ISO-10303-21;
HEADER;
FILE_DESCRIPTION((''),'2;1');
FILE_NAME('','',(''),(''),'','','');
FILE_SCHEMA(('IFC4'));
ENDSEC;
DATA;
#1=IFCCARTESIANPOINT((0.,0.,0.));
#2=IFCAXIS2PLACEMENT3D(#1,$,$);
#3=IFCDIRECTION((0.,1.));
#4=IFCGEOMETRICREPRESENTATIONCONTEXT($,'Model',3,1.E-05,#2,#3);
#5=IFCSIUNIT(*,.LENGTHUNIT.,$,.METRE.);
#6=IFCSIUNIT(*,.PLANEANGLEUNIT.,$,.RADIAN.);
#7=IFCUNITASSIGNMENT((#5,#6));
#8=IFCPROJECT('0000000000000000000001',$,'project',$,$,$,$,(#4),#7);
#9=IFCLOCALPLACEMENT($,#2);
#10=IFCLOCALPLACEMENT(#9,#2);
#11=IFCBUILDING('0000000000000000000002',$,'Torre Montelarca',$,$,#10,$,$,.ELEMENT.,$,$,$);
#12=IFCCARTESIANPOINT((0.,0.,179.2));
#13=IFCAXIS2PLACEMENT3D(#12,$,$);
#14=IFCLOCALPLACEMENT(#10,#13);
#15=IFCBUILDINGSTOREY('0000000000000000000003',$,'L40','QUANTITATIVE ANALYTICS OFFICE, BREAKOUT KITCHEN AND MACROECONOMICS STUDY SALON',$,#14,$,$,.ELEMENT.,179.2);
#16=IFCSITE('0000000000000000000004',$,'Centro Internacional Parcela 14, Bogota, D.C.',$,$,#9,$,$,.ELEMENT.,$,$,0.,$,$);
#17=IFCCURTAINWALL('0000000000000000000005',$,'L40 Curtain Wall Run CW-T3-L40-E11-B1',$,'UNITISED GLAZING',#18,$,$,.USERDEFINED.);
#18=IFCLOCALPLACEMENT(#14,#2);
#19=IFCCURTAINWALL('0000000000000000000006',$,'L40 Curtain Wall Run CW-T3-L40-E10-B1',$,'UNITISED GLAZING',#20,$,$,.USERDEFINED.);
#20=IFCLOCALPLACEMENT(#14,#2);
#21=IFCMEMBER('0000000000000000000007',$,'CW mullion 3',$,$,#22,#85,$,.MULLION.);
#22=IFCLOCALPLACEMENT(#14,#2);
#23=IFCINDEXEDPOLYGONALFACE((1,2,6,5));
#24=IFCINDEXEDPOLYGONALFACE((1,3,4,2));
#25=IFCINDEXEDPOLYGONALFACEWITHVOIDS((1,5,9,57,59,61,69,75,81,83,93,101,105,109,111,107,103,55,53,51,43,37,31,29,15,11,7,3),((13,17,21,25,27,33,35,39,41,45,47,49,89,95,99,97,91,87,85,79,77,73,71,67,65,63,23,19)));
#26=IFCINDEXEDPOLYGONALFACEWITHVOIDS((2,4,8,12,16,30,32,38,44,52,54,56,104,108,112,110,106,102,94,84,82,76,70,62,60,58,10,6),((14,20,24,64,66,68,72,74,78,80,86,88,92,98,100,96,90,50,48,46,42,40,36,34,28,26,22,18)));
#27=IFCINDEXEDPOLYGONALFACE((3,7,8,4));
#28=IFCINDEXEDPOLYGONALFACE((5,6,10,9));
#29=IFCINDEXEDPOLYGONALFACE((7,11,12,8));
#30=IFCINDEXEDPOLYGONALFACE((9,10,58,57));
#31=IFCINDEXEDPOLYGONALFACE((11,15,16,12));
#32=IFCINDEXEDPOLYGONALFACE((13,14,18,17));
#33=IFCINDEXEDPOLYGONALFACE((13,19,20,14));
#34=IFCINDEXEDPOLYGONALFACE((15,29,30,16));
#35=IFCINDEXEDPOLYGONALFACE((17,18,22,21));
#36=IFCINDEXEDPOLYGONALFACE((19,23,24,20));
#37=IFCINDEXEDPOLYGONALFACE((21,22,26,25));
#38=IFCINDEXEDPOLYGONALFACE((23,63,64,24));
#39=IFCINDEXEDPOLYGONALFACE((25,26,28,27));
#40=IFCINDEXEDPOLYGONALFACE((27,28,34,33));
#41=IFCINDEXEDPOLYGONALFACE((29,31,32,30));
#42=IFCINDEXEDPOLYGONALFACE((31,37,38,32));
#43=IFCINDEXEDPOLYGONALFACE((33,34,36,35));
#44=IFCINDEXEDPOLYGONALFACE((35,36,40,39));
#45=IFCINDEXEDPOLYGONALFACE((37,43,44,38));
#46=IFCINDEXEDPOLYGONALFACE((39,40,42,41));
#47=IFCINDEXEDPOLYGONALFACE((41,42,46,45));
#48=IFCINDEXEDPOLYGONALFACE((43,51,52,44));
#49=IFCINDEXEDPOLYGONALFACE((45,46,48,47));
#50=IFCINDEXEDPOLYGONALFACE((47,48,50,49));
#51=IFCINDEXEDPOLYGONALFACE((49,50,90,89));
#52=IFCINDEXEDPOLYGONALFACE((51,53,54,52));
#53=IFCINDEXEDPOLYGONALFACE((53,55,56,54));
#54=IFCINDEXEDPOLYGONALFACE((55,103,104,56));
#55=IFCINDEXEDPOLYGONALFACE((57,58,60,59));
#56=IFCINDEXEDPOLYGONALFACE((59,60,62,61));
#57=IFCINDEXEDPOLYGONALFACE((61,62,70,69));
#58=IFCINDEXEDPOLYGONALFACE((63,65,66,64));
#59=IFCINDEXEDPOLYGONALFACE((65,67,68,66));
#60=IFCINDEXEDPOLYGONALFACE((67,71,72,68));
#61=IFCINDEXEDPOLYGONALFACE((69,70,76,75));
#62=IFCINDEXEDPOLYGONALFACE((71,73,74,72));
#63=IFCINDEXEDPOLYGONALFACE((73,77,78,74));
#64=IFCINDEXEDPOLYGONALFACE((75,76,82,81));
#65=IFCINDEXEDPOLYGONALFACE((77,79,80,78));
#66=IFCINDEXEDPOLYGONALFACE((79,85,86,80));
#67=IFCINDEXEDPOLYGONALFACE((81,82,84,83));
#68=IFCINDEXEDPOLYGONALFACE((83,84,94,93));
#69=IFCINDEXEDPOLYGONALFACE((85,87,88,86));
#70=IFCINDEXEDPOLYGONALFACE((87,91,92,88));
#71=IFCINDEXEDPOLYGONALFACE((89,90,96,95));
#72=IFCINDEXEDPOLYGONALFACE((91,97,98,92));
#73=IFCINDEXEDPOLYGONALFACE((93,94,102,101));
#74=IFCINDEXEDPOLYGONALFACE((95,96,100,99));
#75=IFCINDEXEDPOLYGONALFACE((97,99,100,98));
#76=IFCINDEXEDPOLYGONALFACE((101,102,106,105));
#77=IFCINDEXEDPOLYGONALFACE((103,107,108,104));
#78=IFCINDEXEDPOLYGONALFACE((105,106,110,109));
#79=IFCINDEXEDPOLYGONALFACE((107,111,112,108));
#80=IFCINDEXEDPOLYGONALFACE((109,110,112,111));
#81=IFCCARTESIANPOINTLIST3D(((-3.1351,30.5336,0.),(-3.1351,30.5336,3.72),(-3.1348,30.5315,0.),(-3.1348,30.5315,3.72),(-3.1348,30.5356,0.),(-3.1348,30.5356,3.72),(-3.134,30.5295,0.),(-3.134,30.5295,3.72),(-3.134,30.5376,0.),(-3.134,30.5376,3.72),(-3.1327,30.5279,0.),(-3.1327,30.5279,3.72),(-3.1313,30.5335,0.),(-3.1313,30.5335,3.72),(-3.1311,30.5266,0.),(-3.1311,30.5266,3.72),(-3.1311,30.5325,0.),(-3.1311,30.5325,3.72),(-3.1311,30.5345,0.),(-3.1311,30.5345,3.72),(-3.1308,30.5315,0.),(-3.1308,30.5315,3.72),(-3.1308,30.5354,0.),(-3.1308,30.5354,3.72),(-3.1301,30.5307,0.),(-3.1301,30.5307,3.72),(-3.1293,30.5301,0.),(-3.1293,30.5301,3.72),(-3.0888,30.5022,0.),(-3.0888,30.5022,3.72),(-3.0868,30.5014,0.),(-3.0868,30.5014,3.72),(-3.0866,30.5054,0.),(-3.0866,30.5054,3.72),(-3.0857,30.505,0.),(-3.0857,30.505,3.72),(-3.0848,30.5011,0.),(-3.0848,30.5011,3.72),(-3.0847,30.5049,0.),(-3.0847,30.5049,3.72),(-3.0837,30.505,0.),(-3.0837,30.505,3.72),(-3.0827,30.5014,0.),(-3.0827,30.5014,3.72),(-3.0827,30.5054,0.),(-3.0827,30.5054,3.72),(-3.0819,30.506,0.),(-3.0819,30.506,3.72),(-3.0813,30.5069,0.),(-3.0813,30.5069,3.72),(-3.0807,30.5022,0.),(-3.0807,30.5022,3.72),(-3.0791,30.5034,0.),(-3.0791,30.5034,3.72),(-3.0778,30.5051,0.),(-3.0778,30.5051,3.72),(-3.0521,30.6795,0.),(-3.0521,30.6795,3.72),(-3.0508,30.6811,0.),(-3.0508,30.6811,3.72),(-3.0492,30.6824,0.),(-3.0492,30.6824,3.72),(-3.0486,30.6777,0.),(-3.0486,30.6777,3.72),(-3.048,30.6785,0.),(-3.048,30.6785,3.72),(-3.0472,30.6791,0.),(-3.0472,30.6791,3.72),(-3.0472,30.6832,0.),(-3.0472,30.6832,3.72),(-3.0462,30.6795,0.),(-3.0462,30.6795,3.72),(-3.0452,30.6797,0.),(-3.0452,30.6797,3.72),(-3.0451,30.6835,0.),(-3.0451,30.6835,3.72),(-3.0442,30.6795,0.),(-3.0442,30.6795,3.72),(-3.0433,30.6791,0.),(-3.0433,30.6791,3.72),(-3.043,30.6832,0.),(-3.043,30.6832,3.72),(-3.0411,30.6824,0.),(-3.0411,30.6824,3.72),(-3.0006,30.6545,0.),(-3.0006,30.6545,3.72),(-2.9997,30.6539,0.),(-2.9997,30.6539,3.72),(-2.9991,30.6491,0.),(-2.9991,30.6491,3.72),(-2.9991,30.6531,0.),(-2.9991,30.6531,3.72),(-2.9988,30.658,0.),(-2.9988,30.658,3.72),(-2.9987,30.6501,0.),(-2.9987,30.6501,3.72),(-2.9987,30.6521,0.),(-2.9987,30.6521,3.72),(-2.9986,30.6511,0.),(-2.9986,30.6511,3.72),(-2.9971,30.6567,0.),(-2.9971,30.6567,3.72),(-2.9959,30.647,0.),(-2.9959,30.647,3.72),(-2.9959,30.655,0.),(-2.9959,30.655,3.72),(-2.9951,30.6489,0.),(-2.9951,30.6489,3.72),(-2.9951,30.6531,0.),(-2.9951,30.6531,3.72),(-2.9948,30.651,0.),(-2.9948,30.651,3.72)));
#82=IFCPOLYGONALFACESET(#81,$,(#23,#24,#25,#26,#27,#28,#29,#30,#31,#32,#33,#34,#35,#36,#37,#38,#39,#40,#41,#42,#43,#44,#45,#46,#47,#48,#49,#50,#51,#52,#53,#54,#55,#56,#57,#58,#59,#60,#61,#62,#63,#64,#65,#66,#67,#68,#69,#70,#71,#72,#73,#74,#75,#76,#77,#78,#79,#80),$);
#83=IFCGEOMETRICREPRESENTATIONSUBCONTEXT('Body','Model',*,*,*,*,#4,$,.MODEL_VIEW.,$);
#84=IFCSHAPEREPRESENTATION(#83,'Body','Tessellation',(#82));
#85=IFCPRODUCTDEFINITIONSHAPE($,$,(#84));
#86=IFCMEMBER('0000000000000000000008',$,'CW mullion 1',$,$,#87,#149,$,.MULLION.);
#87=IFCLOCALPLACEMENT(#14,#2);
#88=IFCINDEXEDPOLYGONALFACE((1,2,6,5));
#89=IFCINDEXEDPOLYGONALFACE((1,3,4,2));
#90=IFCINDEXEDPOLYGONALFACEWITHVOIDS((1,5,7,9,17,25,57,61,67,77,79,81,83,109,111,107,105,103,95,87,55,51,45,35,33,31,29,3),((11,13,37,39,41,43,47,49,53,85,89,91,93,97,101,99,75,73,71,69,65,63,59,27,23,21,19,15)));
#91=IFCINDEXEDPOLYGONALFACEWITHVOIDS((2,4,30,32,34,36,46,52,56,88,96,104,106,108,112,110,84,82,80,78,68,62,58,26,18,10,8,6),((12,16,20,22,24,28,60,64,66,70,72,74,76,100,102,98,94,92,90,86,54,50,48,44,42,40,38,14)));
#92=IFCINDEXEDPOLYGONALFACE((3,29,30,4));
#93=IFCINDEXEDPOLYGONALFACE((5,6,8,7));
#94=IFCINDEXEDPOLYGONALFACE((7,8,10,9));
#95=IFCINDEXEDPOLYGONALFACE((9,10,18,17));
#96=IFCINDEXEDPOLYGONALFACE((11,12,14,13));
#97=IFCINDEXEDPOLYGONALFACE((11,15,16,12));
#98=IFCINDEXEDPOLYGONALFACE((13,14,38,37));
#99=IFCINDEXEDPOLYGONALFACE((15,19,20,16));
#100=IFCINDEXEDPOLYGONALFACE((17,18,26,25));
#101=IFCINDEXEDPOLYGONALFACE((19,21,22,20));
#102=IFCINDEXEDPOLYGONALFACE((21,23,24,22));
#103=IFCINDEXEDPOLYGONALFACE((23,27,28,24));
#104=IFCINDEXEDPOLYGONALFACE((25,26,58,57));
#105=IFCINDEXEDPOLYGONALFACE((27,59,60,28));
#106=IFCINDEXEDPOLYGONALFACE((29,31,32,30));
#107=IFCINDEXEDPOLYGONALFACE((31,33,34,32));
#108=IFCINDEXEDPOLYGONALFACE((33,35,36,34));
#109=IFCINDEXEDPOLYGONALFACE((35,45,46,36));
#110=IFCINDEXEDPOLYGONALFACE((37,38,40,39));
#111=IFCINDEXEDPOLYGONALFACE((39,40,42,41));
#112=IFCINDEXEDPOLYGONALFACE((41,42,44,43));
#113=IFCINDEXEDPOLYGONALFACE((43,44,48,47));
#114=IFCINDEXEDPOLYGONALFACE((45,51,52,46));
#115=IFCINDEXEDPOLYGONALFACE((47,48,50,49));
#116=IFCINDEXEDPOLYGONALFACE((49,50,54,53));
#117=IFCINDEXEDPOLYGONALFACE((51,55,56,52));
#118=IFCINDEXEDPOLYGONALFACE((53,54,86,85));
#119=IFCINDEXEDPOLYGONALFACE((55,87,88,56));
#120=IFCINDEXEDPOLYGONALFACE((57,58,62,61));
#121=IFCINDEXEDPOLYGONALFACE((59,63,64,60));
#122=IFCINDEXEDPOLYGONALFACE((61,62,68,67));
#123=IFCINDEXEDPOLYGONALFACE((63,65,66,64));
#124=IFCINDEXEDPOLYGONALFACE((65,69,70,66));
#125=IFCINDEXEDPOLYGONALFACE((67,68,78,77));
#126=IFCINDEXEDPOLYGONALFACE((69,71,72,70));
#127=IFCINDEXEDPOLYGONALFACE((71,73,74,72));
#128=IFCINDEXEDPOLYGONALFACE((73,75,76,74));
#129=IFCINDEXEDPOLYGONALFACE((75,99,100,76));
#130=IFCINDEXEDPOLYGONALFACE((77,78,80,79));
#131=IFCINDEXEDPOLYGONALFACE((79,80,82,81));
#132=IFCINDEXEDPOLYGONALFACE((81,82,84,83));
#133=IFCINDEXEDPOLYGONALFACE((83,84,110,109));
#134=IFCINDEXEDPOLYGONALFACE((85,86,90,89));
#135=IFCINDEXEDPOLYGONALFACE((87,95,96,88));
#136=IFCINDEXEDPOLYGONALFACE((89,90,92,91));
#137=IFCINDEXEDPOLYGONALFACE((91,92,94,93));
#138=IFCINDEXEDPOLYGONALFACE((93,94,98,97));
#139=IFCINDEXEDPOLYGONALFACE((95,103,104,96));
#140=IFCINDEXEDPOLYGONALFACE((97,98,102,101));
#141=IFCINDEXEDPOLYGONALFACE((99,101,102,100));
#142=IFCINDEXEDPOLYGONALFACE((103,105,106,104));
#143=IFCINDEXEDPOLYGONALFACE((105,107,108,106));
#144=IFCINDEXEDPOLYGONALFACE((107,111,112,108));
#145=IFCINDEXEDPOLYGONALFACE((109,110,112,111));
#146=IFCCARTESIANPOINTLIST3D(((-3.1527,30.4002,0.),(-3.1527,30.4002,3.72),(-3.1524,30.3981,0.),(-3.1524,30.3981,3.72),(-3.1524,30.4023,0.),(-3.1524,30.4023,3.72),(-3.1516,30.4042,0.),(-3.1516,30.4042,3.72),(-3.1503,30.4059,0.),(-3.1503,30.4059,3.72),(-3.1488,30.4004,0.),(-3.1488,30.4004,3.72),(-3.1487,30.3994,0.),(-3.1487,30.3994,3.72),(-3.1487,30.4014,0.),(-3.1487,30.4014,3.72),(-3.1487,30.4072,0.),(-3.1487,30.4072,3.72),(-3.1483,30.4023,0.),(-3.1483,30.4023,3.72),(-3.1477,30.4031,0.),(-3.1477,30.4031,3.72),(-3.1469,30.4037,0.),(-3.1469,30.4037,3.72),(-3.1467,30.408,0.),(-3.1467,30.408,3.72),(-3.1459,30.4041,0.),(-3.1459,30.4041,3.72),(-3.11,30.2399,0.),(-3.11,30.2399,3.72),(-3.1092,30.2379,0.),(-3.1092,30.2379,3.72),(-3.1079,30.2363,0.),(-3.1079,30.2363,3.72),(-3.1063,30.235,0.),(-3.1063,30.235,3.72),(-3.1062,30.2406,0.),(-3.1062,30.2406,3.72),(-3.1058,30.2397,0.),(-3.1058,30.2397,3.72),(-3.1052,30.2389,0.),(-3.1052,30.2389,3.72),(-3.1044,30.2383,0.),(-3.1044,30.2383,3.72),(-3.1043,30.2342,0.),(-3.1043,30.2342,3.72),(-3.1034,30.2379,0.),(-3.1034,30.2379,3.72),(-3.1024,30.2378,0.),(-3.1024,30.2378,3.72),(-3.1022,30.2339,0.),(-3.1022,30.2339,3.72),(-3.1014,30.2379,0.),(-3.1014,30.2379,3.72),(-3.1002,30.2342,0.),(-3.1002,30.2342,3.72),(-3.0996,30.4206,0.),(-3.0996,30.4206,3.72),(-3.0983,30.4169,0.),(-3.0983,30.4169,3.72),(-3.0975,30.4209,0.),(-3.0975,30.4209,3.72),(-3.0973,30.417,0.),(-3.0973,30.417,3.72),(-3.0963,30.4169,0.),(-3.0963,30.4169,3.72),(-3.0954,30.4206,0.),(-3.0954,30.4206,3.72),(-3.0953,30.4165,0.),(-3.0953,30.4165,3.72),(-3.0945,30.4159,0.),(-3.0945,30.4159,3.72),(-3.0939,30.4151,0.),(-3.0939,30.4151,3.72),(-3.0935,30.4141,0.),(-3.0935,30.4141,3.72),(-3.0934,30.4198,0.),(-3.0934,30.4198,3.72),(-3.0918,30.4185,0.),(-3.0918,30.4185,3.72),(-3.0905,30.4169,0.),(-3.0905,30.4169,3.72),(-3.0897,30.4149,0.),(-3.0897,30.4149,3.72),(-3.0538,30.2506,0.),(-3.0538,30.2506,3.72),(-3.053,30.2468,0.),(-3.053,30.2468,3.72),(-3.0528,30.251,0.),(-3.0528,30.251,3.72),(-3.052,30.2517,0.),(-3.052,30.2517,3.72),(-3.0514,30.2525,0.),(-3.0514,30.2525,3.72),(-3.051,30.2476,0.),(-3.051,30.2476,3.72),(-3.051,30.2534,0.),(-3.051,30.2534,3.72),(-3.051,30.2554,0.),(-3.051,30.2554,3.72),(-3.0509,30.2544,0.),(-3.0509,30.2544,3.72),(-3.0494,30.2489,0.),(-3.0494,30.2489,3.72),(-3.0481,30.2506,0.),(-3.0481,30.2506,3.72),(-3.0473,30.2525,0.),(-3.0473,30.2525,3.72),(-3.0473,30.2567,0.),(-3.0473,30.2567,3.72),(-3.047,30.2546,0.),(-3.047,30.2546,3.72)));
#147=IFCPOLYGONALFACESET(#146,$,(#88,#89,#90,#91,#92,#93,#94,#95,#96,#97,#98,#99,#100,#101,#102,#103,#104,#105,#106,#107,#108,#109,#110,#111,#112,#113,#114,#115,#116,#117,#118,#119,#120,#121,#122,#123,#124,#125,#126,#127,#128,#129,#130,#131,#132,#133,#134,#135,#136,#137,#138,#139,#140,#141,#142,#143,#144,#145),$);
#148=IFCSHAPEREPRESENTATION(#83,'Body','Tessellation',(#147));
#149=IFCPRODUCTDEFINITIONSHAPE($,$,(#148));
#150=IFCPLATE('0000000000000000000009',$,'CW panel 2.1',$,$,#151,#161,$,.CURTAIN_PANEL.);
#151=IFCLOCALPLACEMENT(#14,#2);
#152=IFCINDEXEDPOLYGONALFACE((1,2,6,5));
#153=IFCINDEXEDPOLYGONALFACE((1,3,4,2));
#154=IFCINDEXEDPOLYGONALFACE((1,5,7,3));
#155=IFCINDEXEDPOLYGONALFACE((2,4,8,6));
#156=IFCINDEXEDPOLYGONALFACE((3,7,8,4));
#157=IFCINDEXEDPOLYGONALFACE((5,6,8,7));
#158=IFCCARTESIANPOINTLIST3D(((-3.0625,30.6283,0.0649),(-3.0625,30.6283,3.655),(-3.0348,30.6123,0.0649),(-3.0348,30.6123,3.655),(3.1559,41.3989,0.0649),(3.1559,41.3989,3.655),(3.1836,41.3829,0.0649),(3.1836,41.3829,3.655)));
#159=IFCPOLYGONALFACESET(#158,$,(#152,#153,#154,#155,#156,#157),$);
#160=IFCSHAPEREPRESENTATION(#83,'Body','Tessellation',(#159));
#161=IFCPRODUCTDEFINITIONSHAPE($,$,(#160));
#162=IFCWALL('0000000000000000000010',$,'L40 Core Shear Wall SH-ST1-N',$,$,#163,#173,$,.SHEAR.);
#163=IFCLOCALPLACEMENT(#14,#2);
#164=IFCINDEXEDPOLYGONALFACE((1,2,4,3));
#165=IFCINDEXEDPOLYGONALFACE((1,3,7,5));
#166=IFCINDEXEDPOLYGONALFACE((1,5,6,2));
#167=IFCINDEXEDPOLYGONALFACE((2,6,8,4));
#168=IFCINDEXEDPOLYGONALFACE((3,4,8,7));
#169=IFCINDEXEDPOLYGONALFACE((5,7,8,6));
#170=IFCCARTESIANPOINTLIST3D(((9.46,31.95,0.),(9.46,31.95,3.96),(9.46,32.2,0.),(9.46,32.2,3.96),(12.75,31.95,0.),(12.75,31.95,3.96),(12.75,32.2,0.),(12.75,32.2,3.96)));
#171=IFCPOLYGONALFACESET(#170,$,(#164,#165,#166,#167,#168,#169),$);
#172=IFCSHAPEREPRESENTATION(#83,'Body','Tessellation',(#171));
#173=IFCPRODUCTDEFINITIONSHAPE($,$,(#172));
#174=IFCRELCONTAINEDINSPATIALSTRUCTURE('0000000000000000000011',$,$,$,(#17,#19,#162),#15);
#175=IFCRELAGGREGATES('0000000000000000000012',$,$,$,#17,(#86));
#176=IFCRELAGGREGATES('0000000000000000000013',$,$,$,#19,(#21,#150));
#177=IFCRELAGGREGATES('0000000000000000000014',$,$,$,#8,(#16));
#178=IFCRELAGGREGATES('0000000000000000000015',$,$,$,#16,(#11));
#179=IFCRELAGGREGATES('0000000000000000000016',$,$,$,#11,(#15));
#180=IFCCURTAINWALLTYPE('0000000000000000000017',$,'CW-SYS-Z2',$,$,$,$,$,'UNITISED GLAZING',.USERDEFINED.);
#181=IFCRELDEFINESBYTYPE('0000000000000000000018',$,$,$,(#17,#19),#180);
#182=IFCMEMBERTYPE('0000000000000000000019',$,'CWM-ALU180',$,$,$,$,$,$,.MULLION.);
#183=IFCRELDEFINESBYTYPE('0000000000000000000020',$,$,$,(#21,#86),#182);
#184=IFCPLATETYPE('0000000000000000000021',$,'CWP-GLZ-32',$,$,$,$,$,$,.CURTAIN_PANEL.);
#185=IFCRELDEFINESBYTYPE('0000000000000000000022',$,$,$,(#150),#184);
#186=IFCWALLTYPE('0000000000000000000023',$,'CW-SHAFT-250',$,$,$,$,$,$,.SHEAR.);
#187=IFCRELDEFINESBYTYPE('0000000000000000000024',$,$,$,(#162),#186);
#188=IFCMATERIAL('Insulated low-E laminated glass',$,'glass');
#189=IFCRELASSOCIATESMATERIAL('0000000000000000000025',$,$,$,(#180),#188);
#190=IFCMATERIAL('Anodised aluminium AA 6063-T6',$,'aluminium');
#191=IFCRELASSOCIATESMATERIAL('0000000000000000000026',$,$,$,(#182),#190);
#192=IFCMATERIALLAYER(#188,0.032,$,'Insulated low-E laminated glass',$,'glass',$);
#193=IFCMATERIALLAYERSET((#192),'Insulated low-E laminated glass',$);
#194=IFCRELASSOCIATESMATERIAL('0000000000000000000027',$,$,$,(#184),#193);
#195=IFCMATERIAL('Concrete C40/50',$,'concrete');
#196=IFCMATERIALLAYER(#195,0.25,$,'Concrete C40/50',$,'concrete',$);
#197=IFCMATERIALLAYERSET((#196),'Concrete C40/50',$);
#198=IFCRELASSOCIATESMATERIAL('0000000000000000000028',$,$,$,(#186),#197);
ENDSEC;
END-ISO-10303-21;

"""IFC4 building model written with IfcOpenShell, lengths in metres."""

from ifc_helpers import new_model, si_unit, direction, frame, frame_2d, origin, origin_2d, place, context, subcontext, project, spatial, rectangle, hollow_rectangle, extrude, source, transform, mapped, material, layer, layer_set, material_profile, profile_set, type_object, element, aggregate, save


model = new_model("IFC4")

# Units and contexts
model_context = context("Model", 3, precision=1e-05, world=origin(), true_north=direction((0.0, 1.0)))
body_context = subcontext(model_context, "Body", "Model", "MODEL_VIEW")
ifc_project = project(units=[si_unit("LENGTHUNIT", "METRE"), si_unit("PLANEANGLEUNIT", "RADIAN")], contexts=[model_context])

# Site, building, storey
site_placement = place(None, origin())
site = spatial("IfcSite", under=ifc_project, at=site_placement, Name="Centro Internacional Parcela 14, Bogota, D.C.", CompositionType="ELEMENT", RefElevation=0.0)
building_placement = place(site_placement, origin())
building = spatial("IfcBuilding", under=site, at=building_placement, Name="Torre Montelarca", CompositionType="ELEMENT")
storey_placement = place(building_placement, frame((0.0, 0.0, 179.2)))
storey = spatial("IfcBuildingStorey", under=building, at=storey_placement, Name="L40", Description="QUANTITATIVE ANALYTICS OFFICE, BREAKOUT KITCHEN AND MACROECONOMICS STUDY SALON", CompositionType="ELEMENT", Elevation=179.2)

# Curtain wall
ifc_material_1 = material(Name="Insulated low-E laminated glass", Category="glass")
curtain_wall_type = type_object("IfcCurtainWallType", Name="CW-SYS-Z2", ElementType="UNITISED GLAZING", PredefinedType="USERDEFINED", material=ifc_material_1)
curtain_wall_1_placement = place(storey_placement, origin())
curtain_wall_1 = element("IfcCurtainWall", 1, at=curtain_wall_1_placement, inside=storey, type_object=curtain_wall_type, Name="L40 Curtain Wall Run CW-T3-L40-E11-B1", ObjectType="UNITISED GLAZING", PredefinedType="USERDEFINED")
ifc_material_2 = material(Name="Anodised aluminium AA 6063-T6", Category="aluminium")

# Curtain wall, member
curtain_wall_2_placement = place(storey_placement, origin())
curtain_wall_2 = element("IfcCurtainWall", 2, at=curtain_wall_2_placement, inside=storey, type_object=curtain_wall_type, Name="L40 Curtain Wall Run CW-T3-L40-E10-B1", ObjectType="UNITISED GLAZING", PredefinedType="USERDEFINED")
ifc_material_profile_1 = material_profile(ifc_material_2, hollow_rectangle(XDim=0.0649, YDim=0.1799, WallThickness=0.0039, InnerFilletRadius=0.0039, OuterFilletRadius=0.0081, at=origin_2d()), Name="ALU65X180X4", Category="aluminium")
ifc_profile_set_1 = profile_set([ifc_material_profile_1], Name="Anodised aluminium AA 6063-T6")
member_type_1 = type_object("IfcMemberType", Name="CWM-ALU180", PredefinedType="MULLION", material=ifc_profile_set_1)
shared_shape_1 = source(origin(), body_context, "Body", "SweptSolid", [
    extrude(hollow_rectangle(XDim=0.0649, YDim=0.1799, WallThickness=0.0039, InnerFilletRadius=0.0039, OuterFilletRadius=0.0081, at=origin_2d()), origin(), (0.0, 0.0, 1.0), 3.72),
])
member_1_placement = place(storey_placement, frame((-3.0649, 30.5923, 0.0), z_axis=(0.0, 0.0, 1.0), x_axis=(0.866025, -0.500001, 0.0)))
member_1 = element("IfcMember", 3, at=member_1_placement, type_object=member_type_1, Name="CW mullion 3", PredefinedType="MULLION", context=body_context, shape_type="MappedRepresentation", body=[
    mapped(shared_shape_1, transform((0.0, 0.0, 0.0), scale=1.0)),
])

# Member
member_2_placement = place(storey_placement, frame((-3.0999, 30.3274, 0.0), z_axis=(0.0, 0.0, 1.0), x_axis=(0.965928, 0.25881, 0.0)))
member_2 = element("IfcMember", 4, at=member_2_placement, type_object=member_type_1, Name="CW mullion 1", PredefinedType="MULLION", context=body_context, shape_type="MappedRepresentation", body=[
    mapped(shared_shape_1, transform((0.0, 0.0, 0.0), scale=1.0)),
])
aggregate(curtain_wall_1, [member_2])

# Plate
ifc_layer_1 = layer(ifc_material_1, 0.032, Name="Insulated low-E laminated glass", Category="glass")
ifc_layer_set_1 = layer_set([ifc_layer_1], Name="Insulated low-E laminated glass")
plate_type = type_object("IfcPlateType", Name="CWP-GLZ-32", PredefinedType="CURTAIN_PANEL", material=ifc_layer_set_1)
shared_shape_2 = source(origin(), body_context, "Body", "SweptSolid", [
    extrude(rectangle(XDim=12.4368, YDim=0.032, at=origin_2d()), origin(), (0.0, 0.0, 1.0), 3.5901),
])
plate_placement = place(storey_placement, frame((0.0605, 36.0056, 0.0649), z_axis=(0.0, 0.0, 1.0), x_axis=(-0.500001, -0.866025, 0.0)))
plate = element("IfcPlate", 5, at=plate_placement, type_object=plate_type, Name="CW panel 2.1", PredefinedType="CURTAIN_PANEL", context=body_context, shape_type="MappedRepresentation", body=[
    mapped(shared_shape_2, transform((0.0, 0.0, 0.0), scale=1.0)),
])
aggregate(curtain_wall_2, [member_1, plate])

# Wall
ifc_material_3 = material(Name="Concrete C40/50", Category="concrete")
ifc_layer_2 = layer(ifc_material_3, 0.25, Name="Concrete C40/50", Category="concrete")
ifc_layer_set_2 = layer_set([ifc_layer_2], Name="Concrete C40/50")
wall_type_1 = type_object("IfcWallType", Name="CW-SHAFT-250", PredefinedType="SHEAR", material=ifc_layer_set_2)
wall_1_placement = place(storey_placement, frame((9.46, 32.075, 0.0), z_axis=(0.0, 0.0, 1.0), x_axis=(1.0, 0.0, 0.0)))
element("IfcWall", 6, at=wall_1_placement, inside=storey, type_object=wall_type_1, Name="L40 Core Shear Wall SH-ST1-N", PredefinedType="SHEAR", context=body_context, shape_type="SweptSolid", body=[
    extrude(rectangle(XDim=3.29, YDim=0.25, at=frame_2d((1.645, 0.0))), origin(), (0.0, 0.0, 1.0), 3.96),
])

save(model, "model.ifc")
